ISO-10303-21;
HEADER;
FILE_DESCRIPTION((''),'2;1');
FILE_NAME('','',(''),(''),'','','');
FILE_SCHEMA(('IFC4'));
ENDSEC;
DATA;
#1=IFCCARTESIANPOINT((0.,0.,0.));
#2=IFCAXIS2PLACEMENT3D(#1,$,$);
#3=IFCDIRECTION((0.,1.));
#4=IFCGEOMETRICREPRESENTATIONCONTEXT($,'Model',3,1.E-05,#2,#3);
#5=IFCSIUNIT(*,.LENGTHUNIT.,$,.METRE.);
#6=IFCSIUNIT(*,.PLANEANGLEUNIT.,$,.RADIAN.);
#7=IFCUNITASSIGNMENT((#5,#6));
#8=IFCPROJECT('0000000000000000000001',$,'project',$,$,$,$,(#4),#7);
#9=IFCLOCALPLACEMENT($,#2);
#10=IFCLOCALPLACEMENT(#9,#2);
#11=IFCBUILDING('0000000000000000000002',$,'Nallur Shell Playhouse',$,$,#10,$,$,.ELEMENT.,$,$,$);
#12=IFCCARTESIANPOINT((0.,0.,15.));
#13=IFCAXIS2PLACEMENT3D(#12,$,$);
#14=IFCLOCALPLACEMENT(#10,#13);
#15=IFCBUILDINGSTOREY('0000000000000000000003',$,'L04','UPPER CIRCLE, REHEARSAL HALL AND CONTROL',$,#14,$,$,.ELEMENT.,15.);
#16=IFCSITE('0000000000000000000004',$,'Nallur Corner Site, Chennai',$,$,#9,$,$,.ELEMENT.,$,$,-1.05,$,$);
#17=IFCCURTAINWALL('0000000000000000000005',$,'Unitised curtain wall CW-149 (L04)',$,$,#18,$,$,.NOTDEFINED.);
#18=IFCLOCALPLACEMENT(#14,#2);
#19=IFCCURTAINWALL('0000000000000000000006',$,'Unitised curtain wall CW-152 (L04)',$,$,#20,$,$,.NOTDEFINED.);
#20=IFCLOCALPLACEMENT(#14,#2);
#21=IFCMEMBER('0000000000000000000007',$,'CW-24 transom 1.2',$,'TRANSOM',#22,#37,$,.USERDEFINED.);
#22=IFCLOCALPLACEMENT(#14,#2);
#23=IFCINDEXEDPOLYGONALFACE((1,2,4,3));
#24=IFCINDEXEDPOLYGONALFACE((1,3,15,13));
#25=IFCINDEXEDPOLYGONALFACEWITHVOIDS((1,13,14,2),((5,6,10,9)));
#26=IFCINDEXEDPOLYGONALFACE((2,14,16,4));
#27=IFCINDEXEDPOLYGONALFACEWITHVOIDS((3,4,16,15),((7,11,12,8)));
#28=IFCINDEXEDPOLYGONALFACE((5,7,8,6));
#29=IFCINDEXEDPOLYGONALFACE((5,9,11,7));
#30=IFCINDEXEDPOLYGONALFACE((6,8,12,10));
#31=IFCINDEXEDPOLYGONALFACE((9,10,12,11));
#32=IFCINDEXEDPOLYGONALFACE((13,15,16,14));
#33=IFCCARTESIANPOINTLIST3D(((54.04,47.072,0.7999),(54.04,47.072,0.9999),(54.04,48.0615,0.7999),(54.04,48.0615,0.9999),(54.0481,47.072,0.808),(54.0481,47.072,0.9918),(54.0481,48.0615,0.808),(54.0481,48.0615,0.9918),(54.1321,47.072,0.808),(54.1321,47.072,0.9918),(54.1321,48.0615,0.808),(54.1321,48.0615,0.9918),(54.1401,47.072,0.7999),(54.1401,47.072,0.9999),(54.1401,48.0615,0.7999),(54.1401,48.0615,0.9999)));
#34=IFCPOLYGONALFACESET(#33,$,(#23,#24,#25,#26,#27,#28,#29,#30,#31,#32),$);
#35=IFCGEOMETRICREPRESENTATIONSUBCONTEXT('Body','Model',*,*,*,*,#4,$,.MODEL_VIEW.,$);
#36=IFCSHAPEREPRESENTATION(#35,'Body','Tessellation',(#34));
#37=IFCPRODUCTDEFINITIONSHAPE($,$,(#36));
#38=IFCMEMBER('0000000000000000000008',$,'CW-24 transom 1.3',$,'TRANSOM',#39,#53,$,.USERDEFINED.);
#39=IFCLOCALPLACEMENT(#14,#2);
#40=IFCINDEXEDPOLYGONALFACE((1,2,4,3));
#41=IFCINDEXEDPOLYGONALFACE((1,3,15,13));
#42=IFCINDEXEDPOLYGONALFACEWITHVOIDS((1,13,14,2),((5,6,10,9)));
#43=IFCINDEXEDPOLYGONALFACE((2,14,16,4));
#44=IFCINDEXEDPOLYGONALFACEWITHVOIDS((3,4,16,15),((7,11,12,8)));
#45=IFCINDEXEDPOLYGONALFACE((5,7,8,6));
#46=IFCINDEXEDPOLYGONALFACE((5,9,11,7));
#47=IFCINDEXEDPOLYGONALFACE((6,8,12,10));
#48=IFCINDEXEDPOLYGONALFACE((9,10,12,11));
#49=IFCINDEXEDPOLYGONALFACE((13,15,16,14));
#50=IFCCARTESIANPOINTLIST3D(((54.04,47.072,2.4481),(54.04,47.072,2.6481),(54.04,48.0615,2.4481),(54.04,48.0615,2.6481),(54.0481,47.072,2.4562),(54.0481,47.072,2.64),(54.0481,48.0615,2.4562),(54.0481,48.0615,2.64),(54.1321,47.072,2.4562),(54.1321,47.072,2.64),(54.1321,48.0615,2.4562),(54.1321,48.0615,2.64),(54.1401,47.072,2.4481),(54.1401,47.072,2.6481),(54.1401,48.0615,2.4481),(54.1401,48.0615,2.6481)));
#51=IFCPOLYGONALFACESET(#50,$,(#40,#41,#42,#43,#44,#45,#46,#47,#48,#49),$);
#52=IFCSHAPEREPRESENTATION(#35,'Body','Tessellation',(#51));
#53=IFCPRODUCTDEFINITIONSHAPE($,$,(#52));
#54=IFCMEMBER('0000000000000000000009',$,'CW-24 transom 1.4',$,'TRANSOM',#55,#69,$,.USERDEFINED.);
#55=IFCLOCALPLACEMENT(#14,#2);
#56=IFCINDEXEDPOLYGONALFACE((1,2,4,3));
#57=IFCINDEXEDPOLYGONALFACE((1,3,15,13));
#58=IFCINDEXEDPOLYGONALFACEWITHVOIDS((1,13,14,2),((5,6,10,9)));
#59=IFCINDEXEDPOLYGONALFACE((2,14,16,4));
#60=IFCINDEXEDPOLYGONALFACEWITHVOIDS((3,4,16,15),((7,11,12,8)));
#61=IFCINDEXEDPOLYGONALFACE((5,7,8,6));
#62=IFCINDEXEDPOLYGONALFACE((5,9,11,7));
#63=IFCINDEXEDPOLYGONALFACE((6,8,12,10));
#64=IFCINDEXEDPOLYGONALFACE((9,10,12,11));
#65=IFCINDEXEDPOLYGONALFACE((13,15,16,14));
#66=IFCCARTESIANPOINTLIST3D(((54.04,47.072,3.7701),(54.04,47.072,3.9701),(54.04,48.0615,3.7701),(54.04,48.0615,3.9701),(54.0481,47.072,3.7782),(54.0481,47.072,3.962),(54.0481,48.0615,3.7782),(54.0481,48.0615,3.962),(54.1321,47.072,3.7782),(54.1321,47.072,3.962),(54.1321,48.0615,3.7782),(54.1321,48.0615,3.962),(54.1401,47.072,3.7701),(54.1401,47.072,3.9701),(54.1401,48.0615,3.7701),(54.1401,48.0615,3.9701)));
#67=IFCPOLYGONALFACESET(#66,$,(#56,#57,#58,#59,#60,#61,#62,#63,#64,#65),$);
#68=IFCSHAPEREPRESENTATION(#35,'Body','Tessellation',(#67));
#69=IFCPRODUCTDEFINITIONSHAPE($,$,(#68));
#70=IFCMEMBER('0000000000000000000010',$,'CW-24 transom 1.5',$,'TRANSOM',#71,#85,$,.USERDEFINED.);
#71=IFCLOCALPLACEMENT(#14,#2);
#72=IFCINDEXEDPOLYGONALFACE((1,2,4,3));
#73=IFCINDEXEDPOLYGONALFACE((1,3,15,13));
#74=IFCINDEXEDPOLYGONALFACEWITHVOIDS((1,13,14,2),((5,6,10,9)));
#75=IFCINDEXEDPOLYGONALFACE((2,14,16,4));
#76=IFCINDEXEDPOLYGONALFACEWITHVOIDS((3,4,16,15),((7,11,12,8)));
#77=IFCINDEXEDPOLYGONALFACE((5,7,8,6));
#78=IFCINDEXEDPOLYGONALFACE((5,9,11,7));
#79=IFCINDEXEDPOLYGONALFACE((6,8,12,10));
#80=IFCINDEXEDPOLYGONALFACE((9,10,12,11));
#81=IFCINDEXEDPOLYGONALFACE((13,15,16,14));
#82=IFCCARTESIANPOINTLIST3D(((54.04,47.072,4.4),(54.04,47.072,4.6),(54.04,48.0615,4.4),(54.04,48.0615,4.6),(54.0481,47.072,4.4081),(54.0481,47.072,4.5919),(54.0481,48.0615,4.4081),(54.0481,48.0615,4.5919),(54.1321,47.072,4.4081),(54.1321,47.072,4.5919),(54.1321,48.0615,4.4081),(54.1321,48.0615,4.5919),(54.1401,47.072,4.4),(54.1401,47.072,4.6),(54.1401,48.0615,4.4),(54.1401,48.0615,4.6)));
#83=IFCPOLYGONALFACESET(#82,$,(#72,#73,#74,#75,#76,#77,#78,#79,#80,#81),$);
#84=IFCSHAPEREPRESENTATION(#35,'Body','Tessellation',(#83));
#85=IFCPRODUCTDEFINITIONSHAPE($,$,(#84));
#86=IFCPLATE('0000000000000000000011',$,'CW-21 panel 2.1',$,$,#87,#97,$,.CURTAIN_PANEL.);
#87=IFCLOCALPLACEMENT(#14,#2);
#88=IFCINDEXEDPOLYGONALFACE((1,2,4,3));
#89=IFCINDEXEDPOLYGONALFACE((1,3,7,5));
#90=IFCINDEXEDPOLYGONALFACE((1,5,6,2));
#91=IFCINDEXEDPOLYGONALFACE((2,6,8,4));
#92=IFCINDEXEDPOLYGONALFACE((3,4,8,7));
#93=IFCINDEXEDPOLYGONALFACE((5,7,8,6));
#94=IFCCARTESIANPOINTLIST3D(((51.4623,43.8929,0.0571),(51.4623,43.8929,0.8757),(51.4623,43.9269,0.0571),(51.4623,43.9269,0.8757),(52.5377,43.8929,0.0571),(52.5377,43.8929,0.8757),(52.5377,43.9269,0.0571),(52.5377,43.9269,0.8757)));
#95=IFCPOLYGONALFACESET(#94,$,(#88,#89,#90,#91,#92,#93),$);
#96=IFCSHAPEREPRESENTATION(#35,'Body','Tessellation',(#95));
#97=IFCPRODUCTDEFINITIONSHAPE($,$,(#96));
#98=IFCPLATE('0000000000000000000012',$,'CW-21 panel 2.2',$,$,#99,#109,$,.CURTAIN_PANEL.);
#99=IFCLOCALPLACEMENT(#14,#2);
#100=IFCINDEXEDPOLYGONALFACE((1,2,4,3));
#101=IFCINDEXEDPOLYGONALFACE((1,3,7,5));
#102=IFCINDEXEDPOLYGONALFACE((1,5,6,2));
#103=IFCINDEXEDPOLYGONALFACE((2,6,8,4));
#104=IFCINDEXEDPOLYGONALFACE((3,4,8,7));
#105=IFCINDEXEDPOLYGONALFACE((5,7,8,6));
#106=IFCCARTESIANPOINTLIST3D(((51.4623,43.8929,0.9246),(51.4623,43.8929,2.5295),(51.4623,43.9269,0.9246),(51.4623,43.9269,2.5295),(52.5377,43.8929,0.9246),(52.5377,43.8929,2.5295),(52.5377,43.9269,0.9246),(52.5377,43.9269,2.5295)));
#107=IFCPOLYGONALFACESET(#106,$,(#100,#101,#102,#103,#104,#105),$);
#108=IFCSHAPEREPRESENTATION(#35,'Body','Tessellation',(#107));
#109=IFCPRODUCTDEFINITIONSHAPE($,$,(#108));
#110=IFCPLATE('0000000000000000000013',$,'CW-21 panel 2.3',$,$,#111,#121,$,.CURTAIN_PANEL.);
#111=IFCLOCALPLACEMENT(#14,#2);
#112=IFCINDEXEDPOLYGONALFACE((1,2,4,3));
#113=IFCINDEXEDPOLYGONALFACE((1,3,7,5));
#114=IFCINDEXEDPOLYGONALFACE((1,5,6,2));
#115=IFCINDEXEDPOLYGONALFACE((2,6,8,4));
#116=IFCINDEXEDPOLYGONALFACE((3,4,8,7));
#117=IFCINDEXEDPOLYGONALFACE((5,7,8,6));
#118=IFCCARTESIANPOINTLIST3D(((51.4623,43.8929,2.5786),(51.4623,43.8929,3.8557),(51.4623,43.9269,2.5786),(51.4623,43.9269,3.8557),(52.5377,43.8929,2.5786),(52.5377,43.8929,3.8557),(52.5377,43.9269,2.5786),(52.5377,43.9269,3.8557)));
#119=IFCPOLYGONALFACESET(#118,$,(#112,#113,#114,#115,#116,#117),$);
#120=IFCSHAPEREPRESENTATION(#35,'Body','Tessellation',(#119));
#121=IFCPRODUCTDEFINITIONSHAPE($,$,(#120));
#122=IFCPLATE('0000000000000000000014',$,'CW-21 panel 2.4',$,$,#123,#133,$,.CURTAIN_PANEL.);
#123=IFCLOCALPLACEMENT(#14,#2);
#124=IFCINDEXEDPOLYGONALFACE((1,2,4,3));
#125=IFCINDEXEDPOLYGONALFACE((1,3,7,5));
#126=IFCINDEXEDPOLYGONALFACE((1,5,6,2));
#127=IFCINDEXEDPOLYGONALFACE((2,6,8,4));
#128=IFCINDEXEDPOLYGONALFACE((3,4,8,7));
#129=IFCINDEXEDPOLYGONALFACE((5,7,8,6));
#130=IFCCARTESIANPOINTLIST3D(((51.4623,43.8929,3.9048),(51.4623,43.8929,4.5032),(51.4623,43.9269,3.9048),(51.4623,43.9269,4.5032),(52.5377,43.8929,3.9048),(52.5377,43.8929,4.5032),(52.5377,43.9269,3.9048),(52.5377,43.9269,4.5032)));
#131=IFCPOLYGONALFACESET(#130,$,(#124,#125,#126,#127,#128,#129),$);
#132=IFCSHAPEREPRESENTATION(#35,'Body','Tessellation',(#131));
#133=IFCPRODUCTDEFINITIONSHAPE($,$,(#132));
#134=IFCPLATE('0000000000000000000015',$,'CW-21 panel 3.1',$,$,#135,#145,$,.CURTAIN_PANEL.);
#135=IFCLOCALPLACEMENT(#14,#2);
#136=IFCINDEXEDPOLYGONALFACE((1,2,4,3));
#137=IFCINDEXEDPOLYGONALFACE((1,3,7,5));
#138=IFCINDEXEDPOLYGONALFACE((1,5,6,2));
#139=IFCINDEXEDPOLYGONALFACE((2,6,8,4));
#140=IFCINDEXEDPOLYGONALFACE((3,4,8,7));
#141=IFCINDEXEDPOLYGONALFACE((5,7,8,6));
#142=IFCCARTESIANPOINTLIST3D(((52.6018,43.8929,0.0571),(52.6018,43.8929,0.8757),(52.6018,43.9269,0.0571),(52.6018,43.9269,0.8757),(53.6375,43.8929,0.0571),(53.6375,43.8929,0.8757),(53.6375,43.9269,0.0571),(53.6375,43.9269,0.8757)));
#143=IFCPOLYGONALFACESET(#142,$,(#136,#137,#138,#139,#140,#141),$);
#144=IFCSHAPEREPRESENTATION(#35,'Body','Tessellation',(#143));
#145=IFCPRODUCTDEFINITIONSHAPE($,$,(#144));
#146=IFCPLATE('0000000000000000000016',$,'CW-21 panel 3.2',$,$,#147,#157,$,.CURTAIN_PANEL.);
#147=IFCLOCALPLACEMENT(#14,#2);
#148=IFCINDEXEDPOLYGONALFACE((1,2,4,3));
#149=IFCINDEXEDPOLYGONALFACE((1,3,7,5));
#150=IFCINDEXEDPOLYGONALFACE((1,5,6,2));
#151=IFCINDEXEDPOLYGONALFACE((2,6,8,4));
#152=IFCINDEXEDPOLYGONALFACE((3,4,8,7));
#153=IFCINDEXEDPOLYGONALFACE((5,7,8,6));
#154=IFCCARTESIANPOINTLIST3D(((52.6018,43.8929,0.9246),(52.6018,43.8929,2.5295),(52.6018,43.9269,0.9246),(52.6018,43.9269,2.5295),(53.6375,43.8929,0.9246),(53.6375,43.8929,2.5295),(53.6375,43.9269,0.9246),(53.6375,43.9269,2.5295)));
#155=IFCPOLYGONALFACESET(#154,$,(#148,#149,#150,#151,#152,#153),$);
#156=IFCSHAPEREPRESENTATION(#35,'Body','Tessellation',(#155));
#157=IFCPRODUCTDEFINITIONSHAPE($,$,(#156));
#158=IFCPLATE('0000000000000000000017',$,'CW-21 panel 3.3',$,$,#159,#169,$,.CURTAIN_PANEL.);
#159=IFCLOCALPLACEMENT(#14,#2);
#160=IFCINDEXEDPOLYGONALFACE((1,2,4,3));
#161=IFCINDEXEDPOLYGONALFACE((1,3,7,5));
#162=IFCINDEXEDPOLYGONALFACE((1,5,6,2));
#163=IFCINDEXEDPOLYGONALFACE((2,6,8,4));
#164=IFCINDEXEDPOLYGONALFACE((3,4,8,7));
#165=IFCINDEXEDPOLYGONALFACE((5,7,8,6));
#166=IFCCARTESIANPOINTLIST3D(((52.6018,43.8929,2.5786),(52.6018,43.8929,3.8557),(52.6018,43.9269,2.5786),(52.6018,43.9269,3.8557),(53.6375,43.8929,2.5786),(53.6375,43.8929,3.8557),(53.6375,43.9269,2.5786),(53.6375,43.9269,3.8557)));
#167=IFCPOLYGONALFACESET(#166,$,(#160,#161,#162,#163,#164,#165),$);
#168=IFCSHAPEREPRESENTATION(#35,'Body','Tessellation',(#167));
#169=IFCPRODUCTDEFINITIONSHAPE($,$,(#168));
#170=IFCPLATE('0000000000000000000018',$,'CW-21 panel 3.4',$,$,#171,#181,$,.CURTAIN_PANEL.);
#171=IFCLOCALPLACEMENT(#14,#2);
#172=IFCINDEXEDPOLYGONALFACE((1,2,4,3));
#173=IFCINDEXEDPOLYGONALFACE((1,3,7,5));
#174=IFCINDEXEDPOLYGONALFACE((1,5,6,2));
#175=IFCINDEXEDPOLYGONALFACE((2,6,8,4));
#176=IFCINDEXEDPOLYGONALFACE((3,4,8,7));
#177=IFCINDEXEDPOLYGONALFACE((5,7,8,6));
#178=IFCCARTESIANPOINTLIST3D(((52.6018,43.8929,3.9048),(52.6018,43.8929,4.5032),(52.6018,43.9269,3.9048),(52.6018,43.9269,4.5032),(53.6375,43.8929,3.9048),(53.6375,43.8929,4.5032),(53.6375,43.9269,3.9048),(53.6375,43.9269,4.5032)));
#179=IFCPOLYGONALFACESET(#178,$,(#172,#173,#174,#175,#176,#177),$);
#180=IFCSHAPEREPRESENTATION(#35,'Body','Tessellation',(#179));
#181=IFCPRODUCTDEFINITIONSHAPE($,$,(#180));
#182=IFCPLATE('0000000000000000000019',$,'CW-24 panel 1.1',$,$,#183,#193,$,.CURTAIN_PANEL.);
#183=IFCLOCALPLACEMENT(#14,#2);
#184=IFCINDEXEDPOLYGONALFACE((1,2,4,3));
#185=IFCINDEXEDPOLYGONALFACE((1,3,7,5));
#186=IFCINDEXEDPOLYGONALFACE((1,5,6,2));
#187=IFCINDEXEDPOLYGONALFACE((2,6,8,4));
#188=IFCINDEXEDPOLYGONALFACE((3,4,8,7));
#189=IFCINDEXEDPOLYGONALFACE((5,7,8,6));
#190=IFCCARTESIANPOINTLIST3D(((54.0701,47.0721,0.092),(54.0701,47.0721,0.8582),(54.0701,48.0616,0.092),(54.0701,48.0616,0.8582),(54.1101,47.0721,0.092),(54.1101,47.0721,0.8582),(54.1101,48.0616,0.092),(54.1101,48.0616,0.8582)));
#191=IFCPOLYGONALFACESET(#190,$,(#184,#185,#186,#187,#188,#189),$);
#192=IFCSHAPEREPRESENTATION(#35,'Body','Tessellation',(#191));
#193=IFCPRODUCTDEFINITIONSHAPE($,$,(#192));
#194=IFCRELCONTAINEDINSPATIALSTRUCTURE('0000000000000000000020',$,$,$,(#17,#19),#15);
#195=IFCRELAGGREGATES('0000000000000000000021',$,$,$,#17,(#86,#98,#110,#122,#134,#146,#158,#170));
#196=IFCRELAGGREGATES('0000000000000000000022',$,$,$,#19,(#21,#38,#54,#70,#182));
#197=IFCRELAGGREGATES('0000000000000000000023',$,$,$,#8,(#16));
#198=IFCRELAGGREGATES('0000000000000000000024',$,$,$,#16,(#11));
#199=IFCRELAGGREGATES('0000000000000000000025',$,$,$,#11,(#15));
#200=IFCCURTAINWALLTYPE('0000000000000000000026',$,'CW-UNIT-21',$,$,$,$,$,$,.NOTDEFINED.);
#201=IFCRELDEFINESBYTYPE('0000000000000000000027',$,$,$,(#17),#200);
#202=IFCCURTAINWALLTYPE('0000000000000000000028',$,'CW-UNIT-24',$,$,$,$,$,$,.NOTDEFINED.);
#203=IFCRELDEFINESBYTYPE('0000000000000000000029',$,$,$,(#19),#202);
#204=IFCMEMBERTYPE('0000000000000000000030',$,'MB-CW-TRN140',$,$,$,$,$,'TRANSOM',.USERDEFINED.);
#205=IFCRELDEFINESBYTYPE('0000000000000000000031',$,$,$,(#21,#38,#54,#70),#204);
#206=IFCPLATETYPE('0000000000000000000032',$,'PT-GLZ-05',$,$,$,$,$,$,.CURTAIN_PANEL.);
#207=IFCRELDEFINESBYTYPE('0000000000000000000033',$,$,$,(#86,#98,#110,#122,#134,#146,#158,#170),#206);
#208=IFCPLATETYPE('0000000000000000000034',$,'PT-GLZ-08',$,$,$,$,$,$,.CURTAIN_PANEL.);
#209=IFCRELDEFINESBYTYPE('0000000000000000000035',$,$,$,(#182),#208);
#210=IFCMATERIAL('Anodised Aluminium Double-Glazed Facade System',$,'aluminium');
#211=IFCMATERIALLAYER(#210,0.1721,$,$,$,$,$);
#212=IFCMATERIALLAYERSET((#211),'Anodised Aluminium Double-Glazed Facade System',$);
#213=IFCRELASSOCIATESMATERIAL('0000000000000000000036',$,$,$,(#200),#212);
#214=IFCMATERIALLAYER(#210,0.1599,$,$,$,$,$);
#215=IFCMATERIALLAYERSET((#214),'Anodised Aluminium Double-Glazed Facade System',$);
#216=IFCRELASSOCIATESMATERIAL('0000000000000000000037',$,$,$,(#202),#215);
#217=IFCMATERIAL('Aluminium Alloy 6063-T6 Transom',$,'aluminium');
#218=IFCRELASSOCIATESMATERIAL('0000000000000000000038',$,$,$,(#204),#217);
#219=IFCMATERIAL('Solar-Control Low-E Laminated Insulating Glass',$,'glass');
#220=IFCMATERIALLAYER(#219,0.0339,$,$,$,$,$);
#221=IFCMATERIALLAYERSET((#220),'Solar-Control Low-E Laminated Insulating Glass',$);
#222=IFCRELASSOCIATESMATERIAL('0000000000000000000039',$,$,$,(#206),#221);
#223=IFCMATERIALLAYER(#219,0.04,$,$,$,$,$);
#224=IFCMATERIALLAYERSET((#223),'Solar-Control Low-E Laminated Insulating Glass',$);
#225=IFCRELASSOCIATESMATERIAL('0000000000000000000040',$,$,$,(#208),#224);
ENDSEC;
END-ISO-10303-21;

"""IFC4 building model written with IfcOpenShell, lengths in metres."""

from ifc_helpers import new_model, si_unit, direction, frame, origin, origin_2d, place, context, subcontext, project, spatial, rectangle, hollow_rectangle, extrude, material, layer, layer_set, material_profile, profile_set, type_object, element, aggregate, save


model = new_model("IFC4")

# Units and contexts
model_context = context("Model", 3, precision=1e-05, world=origin(), true_north=direction((0.0, 1.0)))
body_context = subcontext(model_context, "Body", "Model", "MODEL_VIEW")
ifc_project = project(units=[si_unit("LENGTHUNIT", "METRE"), si_unit("PLANEANGLEUNIT", "RADIAN")], contexts=[model_context])

# Site, building, storey
site_placement = place(None, origin())
site = spatial("IfcSite", under=ifc_project, at=site_placement, Name="Nallur Corner Site, Chennai", CompositionType="ELEMENT", RefElevation=-1.05)
building_placement = place(site_placement, origin())
building = spatial("IfcBuilding", under=site, at=building_placement, Name="Nallur Shell Playhouse", CompositionType="ELEMENT")
storey_placement = place(building_placement, frame((0.0, 0.0, 15.0)))
storey = spatial("IfcBuildingStorey", under=building, at=storey_placement, Name="L04", Description="UPPER CIRCLE, REHEARSAL HALL AND CONTROL", CompositionType="ELEMENT", Elevation=15.0)

# Curtain wall
ifc_material_1 = material(Name="Anodised Aluminium Double-Glazed Facade System", Category="aluminium")
ifc_layer_1 = layer(ifc_material_1, 0.1721)
ifc_layer_set_1 = layer_set([ifc_layer_1], Name="Anodised Aluminium Double-Glazed Facade System")
curtain_wall_type_1 = type_object("IfcCurtainWallType", Name="CW-UNIT-21", PredefinedType="NOTDEFINED", material=ifc_layer_set_1)
curtain_wall_1_placement = place(storey_placement, origin())
curtain_wall_1 = element("IfcCurtainWall", 1, at=curtain_wall_1_placement, inside=storey, type_object=curtain_wall_type_1, Name="Unitised curtain wall CW-149 (L04)", PredefinedType="NOTDEFINED")

# Curtain wall
ifc_layer_2 = layer(ifc_material_1, 0.1599)
ifc_layer_set_2 = layer_set([ifc_layer_2], Name="Anodised Aluminium Double-Glazed Facade System")
curtain_wall_type_2 = type_object("IfcCurtainWallType", Name="CW-UNIT-24", PredefinedType="NOTDEFINED", material=ifc_layer_set_2)
curtain_wall_2_placement = place(storey_placement, origin())
curtain_wall_2 = element("IfcCurtainWall", 2, at=curtain_wall_2_placement, inside=storey, type_object=curtain_wall_type_2, Name="Unitised curtain wall CW-152 (L04)", PredefinedType="NOTDEFINED")

# Members
ifc_material_2 = material(Name="Aluminium Alloy 6063-T6 Transom", Category="aluminium")
ifc_material_profile_1 = material_profile(ifc_material_2, hollow_rectangle(XDim=0.1001, YDim=0.2, WallThickness=0.0081, at=origin_2d()), Name="RHS 200x100x8")
ifc_profile_set_1 = profile_set([ifc_material_profile_1], Name="Aluminium Alloy 6063-T6 Transom")
member_type_1 = type_object("IfcMemberType", Name="MB-CW-TRN140", ElementType="TRANSOM", PredefinedType="USERDEFINED", material=ifc_profile_set_1)
member_1_placement = place(storey_placement, frame((54.0901, 47.072, 0.8999), z_axis=(0.0, 1.0, 0.0), x_axis=(-1.0, 0.0, 0.0)))
member_1 = element("IfcMember", 3, at=member_1_placement, type_object=member_type_1, Name="CW-24 transom 1.2", ObjectType="TRANSOM", PredefinedType="USERDEFINED", context=body_context, shape_type="SweptSolid", body=[
    extrude(hollow_rectangle(XDim=0.1001, YDim=0.2, WallThickness=0.0081, at=origin_2d()), origin(), (0.0, 0.0, 1.0), 0.9895),
])
member_2_placement = place(storey_placement, frame((54.0901, 47.072, 2.5481), z_axis=(0.0, 1.0, 0.0), x_axis=(-1.0, 0.0, 0.0)))
member_2 = element("IfcMember", 4, at=member_2_placement, type_object=member_type_1, Name="CW-24 transom 1.3", ObjectType="TRANSOM", PredefinedType="USERDEFINED", context=body_context, shape_type="SweptSolid", body=[
    extrude(hollow_rectangle(XDim=0.1001, YDim=0.2, WallThickness=0.0081, at=origin_2d()), origin(), (0.0, 0.0, 1.0), 0.9895),
])
member_3_placement = place(storey_placement, frame((54.0901, 47.072, 3.8701), z_axis=(0.0, 1.0, 0.0), x_axis=(-1.0, 0.0, 0.0)))
member_3 = element("IfcMember", 5, at=member_3_placement, type_object=member_type_1, Name="CW-24 transom 1.4", ObjectType="TRANSOM", PredefinedType="USERDEFINED", context=body_context, shape_type="SweptSolid", body=[
    extrude(hollow_rectangle(XDim=0.1001, YDim=0.2, WallThickness=0.0081, at=origin_2d()), origin(), (0.0, 0.0, 1.0), 0.9895),
])
member_4_placement = place(storey_placement, frame((54.0901, 47.072, 4.5), z_axis=(0.0, 1.0, 0.0), x_axis=(-1.0, 0.0, 0.0)))
member_4 = element("IfcMember", 6, at=member_4_placement, type_object=member_type_1, Name="CW-24 transom 1.5", ObjectType="TRANSOM", PredefinedType="USERDEFINED", context=body_context, shape_type="SweptSolid", body=[
    extrude(hollow_rectangle(XDim=0.1001, YDim=0.2, WallThickness=0.0081, at=origin_2d()), origin(), (0.0, 0.0, 1.0), 0.9895),
])

# Plates
ifc_material_3 = material(Name="Solar-Control Low-E Laminated Insulating Glass", Category="glass")
ifc_layer_3 = layer(ifc_material_3, 0.0339)
ifc_layer_set_3 = layer_set([ifc_layer_3], Name="Solar-Control Low-E Laminated Insulating Glass")
plate_type_1 = type_object("IfcPlateType", Name="PT-GLZ-05", PredefinedType="CURTAIN_PANEL", material=ifc_layer_set_3)
plate_1_placement = place(storey_placement, frame((52.0, 43.9099, 0.0571), z_axis=(0.0, 0.0, 1.0), x_axis=(1.0, 0.0, 0.0)))
plate_1 = element("IfcPlate", 7, at=plate_1_placement, type_object=plate_type_1, Name="CW-21 panel 2.1", PredefinedType="CURTAIN_PANEL", context=body_context, shape_type="SweptSolid", body=[
    extrude(rectangle(XDim=1.0754, YDim=0.0339, at=origin_2d()), origin(), (0.0, 0.0, 1.0), 0.8186),
])
plate_2_placement = place(storey_placement, frame((52.0, 43.9099, 0.9246), z_axis=(0.0, 0.0, 1.0), x_axis=(1.0, 0.0, 0.0)))
plate_2 = element("IfcPlate", 8, at=plate_2_placement, type_object=plate_type_1, Name="CW-21 panel 2.2", PredefinedType="CURTAIN_PANEL", context=body_context, shape_type="SweptSolid", body=[
    extrude(rectangle(XDim=1.0754, YDim=0.0339, at=origin_2d()), origin(), (0.0, 0.0, 1.0), 1.605),
])
plate_3_placement = place(storey_placement, frame((52.0, 43.9099, 2.5786), z_axis=(0.0, 0.0, 1.0), x_axis=(1.0, 0.0, 0.0)))
plate_3 = element("IfcPlate", 9, at=plate_3_placement, type_object=plate_type_1, Name="CW-21 panel 2.3", PredefinedType="CURTAIN_PANEL", context=body_context, shape_type="SweptSolid", body=[
    extrude(rectangle(XDim=1.0754, YDim=0.0339, at=origin_2d()), origin(), (0.0, 0.0, 1.0), 1.2771),
])
plate_4_placement = place(storey_placement, frame((52.0, 43.9099, 3.9048), z_axis=(0.0, 0.0, 1.0), x_axis=(1.0, 0.0, 0.0)))
plate_4 = element("IfcPlate", 10, at=plate_4_placement, type_object=plate_type_1, Name="CW-21 panel 2.4", PredefinedType="CURTAIN_PANEL", context=body_context, shape_type="SweptSolid", body=[
    extrude(rectangle(XDim=1.0754, YDim=0.0339, at=origin_2d()), origin(), (0.0, 0.0, 1.0), 0.5984),
])
plate_5_placement = place(storey_placement, frame((53.1196, 43.9099, 0.0571), z_axis=(0.0, 0.0, 1.0), x_axis=(1.0, 0.0, 0.0)))
plate_5 = element("IfcPlate", 11, at=plate_5_placement, type_object=plate_type_1, Name="CW-21 panel 3.1", PredefinedType="CURTAIN_PANEL", context=body_context, shape_type="SweptSolid", body=[
    extrude(rectangle(XDim=1.0356, YDim=0.0339, at=origin_2d()), origin(), (0.0, 0.0, 1.0), 0.8186),
])
plate_6_placement = place(storey_placement, frame((53.1196, 43.9099, 0.9246), z_axis=(0.0, 0.0, 1.0), x_axis=(1.0, 0.0, 0.0)))
plate_6 = element("IfcPlate", 12, at=plate_6_placement, type_object=plate_type_1, Name="CW-21 panel 3.2", PredefinedType="CURTAIN_PANEL", context=body_context, shape_type="SweptSolid", body=[
    extrude(rectangle(XDim=1.0356, YDim=0.0339, at=origin_2d()), origin(), (0.0, 0.0, 1.0), 1.605),
])
plate_7_placement = place(storey_placement, frame((53.1196, 43.9099, 2.5786), z_axis=(0.0, 0.0, 1.0), x_axis=(1.0, 0.0, 0.0)))
plate_7 = element("IfcPlate", 13, at=plate_7_placement, type_object=plate_type_1, Name="CW-21 panel 3.3", PredefinedType="CURTAIN_PANEL", context=body_context, shape_type="SweptSolid", body=[
    extrude(rectangle(XDim=1.0356, YDim=0.0339, at=origin_2d()), origin(), (0.0, 0.0, 1.0), 1.2771),
])
plate_8_placement = place(storey_placement, frame((53.1196, 43.9099, 3.9048), z_axis=(0.0, 0.0, 1.0), x_axis=(1.0, 0.0, 0.0)))
plate_8 = element("IfcPlate", 14, at=plate_8_placement, type_object=plate_type_1, Name="CW-21 panel 3.4", PredefinedType="CURTAIN_PANEL", context=body_context, shape_type="SweptSolid", body=[
    extrude(rectangle(XDim=1.0356, YDim=0.0339, at=origin_2d()), origin(), (0.0, 0.0, 1.0), 0.5984),
])
aggregate(curtain_wall_1, [plate_1, plate_2, plate_3, plate_4, plate_5, plate_6, plate_7, plate_8])
ifc_layer_4 = layer(ifc_material_3, 0.04)
ifc_layer_set_4 = layer_set([ifc_layer_4], Name="Solar-Control Low-E Laminated Insulating Glass")
plate_type_2 = type_object("IfcPlateType", Name="PT-GLZ-08", PredefinedType="CURTAIN_PANEL", material=ifc_layer_set_4)
plate_9_placement = place(storey_placement, frame((54.0901, 47.5669, 0.092), z_axis=(0.0, 0.0, 1.0), x_axis=(0.0, 1.0, 0.0)))
plate_9 = element("IfcPlate", 15, at=plate_9_placement, type_object=plate_type_2, Name="CW-24 panel 1.1", PredefinedType="CURTAIN_PANEL", context=body_context, shape_type="SweptSolid", body=[
    extrude(rectangle(XDim=0.9895, YDim=0.04, at=origin_2d()), origin(), (0.0, 0.0, 1.0), 0.7661),
])
aggregate(curtain_wall_2, [member_1, member_2, member_3, member_4, plate_9])

save(model, "model.ifc")
